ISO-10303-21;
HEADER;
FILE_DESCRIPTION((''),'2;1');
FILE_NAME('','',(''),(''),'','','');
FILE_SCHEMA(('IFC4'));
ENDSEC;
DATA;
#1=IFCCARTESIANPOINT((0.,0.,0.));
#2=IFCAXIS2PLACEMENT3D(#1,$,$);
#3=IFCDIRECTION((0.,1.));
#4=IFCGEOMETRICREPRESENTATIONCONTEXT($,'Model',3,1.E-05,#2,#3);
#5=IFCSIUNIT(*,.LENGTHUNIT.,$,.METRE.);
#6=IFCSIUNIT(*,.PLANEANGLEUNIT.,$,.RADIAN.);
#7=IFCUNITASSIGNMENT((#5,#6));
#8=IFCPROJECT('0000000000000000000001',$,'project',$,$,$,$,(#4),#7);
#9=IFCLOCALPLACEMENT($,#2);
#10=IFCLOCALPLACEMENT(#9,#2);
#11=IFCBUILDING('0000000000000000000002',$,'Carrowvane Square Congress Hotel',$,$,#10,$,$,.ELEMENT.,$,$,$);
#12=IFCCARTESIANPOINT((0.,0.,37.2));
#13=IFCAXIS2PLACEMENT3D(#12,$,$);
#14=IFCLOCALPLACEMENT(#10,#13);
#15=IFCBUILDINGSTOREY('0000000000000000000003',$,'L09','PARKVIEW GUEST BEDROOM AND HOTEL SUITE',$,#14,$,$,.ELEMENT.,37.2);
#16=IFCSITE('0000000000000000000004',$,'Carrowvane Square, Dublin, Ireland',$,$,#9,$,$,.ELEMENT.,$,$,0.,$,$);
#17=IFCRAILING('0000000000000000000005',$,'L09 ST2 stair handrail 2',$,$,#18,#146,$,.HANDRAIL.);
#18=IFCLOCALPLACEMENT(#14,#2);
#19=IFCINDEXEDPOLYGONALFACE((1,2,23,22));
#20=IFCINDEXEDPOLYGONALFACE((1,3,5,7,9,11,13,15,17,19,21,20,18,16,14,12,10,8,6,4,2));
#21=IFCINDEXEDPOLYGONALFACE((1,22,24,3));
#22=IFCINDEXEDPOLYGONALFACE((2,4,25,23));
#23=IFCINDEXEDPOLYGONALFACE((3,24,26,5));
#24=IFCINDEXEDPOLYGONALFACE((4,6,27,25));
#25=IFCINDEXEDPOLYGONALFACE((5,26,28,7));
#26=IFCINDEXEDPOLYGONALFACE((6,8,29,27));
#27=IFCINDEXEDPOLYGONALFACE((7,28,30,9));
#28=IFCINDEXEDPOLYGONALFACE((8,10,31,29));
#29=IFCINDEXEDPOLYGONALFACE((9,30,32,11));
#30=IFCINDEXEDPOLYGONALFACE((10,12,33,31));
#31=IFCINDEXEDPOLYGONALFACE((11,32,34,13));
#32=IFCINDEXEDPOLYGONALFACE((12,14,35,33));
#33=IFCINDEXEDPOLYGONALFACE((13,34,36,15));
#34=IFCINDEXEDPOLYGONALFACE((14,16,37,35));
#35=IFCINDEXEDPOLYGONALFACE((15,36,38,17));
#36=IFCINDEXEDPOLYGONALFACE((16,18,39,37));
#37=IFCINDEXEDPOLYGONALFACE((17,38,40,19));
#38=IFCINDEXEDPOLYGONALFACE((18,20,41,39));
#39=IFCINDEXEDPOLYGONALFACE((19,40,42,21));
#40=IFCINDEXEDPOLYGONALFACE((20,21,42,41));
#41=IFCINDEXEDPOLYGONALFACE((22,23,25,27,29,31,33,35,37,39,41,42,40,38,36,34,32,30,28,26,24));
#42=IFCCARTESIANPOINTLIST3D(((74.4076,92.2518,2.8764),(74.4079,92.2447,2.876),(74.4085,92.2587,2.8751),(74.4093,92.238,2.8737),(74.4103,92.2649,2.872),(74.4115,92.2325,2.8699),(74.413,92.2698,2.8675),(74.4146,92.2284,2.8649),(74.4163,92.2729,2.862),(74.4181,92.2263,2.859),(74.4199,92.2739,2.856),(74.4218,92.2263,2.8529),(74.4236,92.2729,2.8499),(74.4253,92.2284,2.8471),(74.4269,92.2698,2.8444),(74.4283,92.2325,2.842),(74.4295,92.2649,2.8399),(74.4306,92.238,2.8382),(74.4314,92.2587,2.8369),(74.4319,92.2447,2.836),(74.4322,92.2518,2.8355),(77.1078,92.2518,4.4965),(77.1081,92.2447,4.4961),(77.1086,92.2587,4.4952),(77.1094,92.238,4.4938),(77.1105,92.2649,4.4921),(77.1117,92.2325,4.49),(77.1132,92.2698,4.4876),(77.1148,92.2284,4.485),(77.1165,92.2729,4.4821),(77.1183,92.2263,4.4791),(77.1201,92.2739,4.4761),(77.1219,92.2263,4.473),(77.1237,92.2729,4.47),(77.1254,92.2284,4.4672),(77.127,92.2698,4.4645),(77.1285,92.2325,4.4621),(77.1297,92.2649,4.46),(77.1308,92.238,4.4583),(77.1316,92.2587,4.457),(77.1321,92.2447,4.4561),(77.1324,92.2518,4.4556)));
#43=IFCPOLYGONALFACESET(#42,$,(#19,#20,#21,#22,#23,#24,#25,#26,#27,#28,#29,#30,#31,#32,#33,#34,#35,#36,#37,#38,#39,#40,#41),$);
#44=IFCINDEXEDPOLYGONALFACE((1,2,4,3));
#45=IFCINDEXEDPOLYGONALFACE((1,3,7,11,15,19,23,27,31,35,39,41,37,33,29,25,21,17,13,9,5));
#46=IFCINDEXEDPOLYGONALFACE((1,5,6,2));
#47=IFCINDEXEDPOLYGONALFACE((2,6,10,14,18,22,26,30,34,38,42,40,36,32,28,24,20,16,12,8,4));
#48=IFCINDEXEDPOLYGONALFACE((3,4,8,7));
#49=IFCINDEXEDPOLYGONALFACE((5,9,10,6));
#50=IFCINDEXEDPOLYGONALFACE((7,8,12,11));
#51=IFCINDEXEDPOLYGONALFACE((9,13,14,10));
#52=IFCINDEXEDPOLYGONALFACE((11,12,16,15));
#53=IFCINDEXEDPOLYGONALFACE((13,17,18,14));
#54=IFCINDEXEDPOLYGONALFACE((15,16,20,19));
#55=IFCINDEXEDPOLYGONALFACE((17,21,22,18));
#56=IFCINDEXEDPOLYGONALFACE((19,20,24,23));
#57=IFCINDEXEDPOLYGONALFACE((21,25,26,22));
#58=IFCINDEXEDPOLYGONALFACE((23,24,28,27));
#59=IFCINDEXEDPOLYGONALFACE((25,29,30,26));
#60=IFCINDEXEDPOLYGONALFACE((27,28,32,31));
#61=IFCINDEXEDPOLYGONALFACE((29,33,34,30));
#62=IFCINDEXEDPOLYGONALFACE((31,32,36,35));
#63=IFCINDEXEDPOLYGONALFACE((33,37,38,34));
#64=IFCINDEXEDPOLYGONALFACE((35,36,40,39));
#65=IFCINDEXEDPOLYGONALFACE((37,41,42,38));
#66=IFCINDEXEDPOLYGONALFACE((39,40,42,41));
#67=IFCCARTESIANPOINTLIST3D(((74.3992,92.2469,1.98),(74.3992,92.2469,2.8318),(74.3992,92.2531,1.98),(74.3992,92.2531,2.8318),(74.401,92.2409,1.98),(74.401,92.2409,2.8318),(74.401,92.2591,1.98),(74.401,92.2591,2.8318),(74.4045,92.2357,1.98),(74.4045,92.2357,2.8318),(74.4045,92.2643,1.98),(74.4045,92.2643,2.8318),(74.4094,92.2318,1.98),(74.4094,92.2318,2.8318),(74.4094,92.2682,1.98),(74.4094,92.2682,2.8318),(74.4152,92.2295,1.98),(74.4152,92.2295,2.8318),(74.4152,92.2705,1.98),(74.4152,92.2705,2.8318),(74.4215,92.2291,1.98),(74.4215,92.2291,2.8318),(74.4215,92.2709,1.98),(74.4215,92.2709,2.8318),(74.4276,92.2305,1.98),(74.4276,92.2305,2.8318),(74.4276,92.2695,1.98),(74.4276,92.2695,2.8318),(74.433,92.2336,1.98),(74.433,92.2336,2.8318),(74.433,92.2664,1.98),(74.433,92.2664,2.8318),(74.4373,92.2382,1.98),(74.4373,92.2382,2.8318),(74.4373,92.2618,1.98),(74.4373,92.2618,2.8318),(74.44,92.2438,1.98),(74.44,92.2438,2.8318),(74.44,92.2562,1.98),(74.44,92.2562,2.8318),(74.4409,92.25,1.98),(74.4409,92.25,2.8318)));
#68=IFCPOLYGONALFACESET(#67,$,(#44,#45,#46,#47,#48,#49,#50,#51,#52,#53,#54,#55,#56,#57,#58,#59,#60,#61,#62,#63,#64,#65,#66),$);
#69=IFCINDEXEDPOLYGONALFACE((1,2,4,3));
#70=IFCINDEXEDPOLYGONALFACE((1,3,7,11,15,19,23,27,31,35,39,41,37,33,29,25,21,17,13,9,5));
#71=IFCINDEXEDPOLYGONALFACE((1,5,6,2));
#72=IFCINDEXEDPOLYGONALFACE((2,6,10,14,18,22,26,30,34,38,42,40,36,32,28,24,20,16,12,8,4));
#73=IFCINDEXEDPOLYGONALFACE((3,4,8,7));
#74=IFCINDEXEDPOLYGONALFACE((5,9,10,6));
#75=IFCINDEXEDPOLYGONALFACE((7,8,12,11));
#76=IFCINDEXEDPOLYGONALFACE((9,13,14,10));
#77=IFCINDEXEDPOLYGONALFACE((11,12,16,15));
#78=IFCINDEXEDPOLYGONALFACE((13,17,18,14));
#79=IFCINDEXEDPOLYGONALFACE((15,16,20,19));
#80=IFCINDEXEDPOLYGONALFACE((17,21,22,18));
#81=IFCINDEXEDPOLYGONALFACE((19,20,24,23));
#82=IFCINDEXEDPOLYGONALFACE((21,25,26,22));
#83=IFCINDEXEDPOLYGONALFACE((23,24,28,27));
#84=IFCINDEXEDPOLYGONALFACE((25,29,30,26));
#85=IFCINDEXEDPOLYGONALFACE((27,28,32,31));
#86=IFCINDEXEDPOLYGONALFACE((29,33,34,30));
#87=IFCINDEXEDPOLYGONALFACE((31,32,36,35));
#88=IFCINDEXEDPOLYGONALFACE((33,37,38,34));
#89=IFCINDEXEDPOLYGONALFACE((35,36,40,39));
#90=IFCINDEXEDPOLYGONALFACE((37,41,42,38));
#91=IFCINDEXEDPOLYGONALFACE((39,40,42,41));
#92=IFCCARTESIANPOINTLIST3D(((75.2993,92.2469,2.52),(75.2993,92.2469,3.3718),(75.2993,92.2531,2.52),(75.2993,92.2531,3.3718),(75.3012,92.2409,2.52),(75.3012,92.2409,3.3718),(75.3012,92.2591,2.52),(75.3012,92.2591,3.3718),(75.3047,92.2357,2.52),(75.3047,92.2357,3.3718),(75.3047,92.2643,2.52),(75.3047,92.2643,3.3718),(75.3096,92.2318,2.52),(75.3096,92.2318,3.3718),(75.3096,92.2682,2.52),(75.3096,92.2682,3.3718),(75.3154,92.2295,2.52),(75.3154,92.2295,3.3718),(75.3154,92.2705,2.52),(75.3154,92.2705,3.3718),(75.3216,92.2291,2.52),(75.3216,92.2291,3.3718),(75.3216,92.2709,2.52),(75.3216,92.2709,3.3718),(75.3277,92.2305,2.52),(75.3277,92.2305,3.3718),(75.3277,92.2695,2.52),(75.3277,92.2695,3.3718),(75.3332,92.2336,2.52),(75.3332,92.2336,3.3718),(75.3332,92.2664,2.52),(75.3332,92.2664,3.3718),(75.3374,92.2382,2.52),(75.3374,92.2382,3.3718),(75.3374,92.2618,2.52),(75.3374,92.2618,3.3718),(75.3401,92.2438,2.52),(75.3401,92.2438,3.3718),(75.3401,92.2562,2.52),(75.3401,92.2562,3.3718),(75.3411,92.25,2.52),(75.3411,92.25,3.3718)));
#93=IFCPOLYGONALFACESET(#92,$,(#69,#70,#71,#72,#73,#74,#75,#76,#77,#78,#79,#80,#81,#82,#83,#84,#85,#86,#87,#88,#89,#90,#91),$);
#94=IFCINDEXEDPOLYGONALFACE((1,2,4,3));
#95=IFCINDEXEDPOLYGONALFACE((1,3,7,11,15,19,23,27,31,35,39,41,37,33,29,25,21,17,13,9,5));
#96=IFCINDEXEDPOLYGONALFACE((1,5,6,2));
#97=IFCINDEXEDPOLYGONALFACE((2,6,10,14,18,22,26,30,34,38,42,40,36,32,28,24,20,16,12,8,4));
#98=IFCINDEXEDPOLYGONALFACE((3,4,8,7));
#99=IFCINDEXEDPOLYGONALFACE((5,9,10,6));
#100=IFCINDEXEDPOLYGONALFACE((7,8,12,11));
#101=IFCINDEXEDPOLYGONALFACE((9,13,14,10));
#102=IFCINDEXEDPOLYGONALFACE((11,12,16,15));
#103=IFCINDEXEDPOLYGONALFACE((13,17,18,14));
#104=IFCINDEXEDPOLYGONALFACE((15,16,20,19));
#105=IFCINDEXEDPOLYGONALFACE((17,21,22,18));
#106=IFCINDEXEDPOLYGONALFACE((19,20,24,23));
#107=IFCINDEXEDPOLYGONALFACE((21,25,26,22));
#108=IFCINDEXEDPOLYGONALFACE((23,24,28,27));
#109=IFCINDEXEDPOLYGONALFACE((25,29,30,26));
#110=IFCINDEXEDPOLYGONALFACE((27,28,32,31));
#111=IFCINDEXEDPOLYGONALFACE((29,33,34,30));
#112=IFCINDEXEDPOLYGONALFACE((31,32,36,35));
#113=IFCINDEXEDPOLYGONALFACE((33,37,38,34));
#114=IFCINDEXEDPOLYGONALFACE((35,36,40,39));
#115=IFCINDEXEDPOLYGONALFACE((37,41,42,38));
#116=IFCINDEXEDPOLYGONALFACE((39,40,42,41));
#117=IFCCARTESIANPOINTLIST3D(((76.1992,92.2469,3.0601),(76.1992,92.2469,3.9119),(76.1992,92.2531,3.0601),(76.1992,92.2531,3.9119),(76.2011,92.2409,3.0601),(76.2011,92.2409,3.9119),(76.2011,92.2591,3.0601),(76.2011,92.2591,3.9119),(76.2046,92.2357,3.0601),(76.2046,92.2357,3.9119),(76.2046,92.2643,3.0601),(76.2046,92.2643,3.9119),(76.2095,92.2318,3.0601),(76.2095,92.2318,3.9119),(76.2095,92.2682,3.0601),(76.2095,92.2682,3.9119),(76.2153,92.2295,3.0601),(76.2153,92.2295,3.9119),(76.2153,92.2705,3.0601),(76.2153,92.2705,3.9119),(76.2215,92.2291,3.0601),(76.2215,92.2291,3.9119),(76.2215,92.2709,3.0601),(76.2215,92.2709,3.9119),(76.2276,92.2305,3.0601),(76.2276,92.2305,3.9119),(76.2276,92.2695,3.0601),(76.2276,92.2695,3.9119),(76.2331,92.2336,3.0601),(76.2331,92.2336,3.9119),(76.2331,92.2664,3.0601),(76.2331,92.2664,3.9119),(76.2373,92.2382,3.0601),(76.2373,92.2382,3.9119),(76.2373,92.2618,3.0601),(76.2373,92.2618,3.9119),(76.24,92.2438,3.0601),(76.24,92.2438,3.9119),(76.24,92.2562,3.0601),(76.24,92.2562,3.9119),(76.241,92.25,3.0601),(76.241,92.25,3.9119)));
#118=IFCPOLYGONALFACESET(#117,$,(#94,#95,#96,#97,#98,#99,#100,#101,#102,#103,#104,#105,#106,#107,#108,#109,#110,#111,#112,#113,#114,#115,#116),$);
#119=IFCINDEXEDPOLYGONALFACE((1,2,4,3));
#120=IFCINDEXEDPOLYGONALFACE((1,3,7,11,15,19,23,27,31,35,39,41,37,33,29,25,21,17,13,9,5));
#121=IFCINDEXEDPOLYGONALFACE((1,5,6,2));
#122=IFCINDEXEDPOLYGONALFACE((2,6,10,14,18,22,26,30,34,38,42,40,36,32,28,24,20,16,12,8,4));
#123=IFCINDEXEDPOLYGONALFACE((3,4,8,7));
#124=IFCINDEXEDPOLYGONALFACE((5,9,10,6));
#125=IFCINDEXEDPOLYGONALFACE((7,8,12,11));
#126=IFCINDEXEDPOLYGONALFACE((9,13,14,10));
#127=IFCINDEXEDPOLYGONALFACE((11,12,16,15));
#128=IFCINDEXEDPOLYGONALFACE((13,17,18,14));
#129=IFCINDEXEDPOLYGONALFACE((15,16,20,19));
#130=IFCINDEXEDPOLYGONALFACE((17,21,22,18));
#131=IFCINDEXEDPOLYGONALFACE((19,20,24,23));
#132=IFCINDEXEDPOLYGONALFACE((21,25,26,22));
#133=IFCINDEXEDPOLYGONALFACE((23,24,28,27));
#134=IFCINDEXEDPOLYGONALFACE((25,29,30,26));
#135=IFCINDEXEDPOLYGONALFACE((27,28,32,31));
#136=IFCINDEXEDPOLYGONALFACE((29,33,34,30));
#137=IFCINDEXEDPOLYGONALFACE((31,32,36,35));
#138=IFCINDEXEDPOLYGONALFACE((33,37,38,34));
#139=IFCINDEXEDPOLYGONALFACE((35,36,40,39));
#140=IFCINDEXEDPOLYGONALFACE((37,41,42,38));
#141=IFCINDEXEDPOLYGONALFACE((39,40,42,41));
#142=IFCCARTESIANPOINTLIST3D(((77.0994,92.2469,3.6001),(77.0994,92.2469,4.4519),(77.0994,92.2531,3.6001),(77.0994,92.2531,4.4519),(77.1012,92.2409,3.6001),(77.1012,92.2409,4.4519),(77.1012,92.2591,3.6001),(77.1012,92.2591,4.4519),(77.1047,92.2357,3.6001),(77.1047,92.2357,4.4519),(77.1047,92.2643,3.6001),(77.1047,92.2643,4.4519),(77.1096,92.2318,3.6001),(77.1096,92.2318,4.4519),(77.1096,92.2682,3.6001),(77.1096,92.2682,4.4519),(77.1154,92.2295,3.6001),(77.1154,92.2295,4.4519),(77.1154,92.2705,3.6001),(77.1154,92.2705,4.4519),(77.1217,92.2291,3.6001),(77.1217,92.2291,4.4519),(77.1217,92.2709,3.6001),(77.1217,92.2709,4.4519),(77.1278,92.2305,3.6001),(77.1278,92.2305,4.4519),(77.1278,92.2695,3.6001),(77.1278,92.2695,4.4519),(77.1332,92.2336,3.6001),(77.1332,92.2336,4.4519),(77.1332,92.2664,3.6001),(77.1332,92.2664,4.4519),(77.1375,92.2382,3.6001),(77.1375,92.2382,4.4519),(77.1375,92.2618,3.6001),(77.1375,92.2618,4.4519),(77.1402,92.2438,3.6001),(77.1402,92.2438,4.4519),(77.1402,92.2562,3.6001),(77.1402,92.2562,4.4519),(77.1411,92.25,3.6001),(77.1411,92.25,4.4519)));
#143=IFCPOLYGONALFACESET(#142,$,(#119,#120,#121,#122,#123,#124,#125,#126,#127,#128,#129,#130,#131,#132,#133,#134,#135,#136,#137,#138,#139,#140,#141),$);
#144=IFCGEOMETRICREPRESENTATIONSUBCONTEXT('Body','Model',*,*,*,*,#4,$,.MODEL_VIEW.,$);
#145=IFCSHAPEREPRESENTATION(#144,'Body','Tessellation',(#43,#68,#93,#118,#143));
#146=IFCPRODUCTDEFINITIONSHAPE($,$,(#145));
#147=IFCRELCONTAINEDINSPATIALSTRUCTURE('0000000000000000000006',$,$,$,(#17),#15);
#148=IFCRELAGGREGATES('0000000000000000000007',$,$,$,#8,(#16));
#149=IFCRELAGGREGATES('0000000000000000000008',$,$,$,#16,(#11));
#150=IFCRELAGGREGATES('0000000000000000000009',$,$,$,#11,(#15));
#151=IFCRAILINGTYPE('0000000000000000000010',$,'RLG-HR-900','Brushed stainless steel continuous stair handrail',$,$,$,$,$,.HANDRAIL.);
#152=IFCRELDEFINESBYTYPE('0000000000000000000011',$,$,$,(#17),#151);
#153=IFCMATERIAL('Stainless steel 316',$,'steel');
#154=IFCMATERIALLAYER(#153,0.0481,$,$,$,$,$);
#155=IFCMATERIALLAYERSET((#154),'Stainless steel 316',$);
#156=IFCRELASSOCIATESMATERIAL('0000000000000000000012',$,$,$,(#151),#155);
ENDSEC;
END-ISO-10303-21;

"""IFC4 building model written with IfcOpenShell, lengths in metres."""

from ifc_helpers import new_model, si_unit, direction, frame, origin, origin_2d, place, context, subcontext, project, spatial, circle, extrude, material, layer, layer_set, type_object, element, save


model = new_model("IFC4")

# Units and contexts
model_context = context("Model", 3, precision=1e-05, world=origin(), true_north=direction((0.0, 1.0)))
body_context = subcontext(model_context, "Body", "Model", "MODEL_VIEW")
ifc_project = project(units=[si_unit("LENGTHUNIT", "METRE"), si_unit("PLANEANGLEUNIT", "RADIAN")], contexts=[model_context])

# Site, building, storey
site_placement = place(None, origin())
site = spatial("IfcSite", under=ifc_project, at=site_placement, Name="Carrowvane Square, Dublin, Ireland", CompositionType="ELEMENT", RefElevation=0.0)
building_placement = place(site_placement, origin())
building = spatial("IfcBuilding", under=site, at=building_placement, Name="Carrowvane Square Congress Hotel", CompositionType="ELEMENT")
storey_placement = place(building_placement, frame((0.0, 0.0, 37.2)))
storey = spatial("IfcBuildingStorey", under=building, at=storey_placement, Name="L09", Description="PARKVIEW GUEST BEDROOM AND HOTEL SUITE", CompositionType="ELEMENT", Elevation=37.2)

# Railing
ifc_material_1 = material(Name="Stainless steel 316", Category="steel")
ifc_layer_1 = layer(ifc_material_1, 0.0481)
ifc_layer_set_1 = layer_set([ifc_layer_1], Name="Stainless steel 316")
railing_type_1 = type_object("IfcRailingType", Name="RLG-HR-900", Description="Brushed stainless steel continuous stair handrail", PredefinedType="HANDRAIL", material=ifc_layer_set_1)
railing_1_placement = place(storey_placement, frame((74.4199, 92.25, 1.98)))
element("IfcRailing", 1, at=railing_1_placement, inside=storey, type_object=railing_type_1, Name="L09 ST2 stair handrail 2", PredefinedType="HANDRAIL", context=body_context, shape_type="SweptSolid", body=[
    extrude(circle(Radius=0.0239, at=origin_2d()), frame((0.0, 0.0, 0.876), z_axis=(0.857493, 0.0, 0.514496), x_axis=(0.0, 1.0, 0.0)), (0.0, 0.0, 1.0), 3.1489),
    extrude(circle(Radius=0.021, at=origin_2d()), origin(), (0.0, 0.0, 1.0), 0.8518),
    extrude(circle(Radius=0.021, at=origin_2d()), frame((0.9001, 0.0, 0.54)), (0.0, 0.0, 1.0), 0.8518),
    extrude(circle(Radius=0.021, at=origin_2d()), frame((1.8, 0.0, 1.0801)), (0.0, 0.0, 1.0), 0.8518),
    extrude(circle(Radius=0.021, at=origin_2d()), frame((2.7002, 0.0, 1.6201)), (0.0, 0.0, 1.0), 0.8518),
])

save(model, "model.ifc")
